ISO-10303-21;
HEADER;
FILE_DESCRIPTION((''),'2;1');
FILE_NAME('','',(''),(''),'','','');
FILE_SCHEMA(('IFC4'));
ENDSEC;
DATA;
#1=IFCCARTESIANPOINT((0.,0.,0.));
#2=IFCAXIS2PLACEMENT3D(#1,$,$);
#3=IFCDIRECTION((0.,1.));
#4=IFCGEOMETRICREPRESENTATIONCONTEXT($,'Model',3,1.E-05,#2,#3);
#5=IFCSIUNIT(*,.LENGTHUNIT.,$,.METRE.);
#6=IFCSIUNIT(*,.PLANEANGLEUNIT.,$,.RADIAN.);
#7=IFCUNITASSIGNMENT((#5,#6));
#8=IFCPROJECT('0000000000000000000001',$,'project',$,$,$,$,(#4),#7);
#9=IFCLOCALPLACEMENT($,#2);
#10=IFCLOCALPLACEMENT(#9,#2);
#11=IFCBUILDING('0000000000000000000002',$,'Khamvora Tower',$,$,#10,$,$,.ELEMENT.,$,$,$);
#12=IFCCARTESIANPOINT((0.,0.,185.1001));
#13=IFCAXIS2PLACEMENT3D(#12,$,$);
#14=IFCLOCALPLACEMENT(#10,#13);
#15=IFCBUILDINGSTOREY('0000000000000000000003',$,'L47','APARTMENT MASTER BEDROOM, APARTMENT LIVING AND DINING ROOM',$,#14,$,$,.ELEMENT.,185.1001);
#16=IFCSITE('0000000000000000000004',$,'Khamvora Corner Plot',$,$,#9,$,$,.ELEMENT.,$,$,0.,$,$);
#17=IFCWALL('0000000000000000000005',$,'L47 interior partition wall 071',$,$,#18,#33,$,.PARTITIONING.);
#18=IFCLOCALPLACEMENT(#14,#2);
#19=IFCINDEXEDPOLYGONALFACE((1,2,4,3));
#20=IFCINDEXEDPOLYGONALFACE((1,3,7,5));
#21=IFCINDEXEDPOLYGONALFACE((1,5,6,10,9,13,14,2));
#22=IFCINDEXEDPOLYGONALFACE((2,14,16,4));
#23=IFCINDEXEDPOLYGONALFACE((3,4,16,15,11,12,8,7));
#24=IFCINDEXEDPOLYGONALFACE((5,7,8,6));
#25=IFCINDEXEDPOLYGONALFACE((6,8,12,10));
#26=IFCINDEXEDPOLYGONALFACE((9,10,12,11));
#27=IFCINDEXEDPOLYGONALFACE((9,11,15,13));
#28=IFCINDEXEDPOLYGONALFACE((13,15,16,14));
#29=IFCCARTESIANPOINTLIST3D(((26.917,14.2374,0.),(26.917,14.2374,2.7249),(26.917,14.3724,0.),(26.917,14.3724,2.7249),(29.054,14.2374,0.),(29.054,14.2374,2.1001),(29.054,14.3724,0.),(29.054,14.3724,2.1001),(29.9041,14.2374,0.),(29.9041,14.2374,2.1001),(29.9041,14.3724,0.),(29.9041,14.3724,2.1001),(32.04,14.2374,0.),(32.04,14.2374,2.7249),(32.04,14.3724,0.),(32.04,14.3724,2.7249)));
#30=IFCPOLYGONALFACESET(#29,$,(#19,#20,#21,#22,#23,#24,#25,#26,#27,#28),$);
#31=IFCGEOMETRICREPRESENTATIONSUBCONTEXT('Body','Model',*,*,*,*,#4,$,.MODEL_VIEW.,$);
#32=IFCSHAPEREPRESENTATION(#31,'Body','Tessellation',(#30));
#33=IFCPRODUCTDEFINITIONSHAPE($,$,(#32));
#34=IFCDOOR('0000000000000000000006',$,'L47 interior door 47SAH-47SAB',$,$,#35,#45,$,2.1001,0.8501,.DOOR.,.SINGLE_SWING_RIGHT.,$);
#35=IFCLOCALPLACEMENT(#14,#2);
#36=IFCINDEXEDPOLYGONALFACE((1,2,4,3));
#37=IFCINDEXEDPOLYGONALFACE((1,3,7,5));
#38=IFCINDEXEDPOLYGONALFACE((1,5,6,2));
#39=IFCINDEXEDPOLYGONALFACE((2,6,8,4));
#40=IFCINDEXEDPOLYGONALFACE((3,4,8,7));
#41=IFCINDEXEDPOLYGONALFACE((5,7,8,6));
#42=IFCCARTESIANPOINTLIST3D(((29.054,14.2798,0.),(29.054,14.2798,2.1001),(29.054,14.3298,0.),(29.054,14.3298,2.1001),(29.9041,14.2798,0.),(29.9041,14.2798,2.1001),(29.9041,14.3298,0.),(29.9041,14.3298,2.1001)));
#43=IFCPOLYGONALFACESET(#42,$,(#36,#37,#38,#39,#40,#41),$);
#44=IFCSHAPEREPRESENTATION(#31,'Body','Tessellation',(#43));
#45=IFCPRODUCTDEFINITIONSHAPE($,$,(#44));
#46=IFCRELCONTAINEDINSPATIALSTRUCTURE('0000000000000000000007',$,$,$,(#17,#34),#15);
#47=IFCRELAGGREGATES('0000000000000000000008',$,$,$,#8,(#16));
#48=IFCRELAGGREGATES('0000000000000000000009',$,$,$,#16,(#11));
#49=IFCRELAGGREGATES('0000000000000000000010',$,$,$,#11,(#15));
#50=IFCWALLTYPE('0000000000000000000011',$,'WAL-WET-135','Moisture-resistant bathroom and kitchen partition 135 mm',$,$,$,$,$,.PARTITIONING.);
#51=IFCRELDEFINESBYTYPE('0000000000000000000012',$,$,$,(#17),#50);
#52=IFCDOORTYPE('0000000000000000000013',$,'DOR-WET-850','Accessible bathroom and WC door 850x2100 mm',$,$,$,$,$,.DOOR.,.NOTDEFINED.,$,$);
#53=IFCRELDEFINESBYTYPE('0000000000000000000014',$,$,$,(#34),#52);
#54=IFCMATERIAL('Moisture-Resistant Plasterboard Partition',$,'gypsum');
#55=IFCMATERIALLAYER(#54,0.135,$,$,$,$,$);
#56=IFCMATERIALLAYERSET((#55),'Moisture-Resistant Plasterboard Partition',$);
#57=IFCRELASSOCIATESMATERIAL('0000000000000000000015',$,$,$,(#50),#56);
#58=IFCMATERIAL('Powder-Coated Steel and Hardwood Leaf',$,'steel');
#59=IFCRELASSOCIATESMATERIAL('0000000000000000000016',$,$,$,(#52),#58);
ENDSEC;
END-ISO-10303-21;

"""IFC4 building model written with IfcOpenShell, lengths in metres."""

from ifc_helpers import new_model, si_unit, direction, frame, frame_2d, origin, place, context, subcontext, project, spatial, rectangle, extrude, material, layer, layer_set, type_object, element, fill, save


model = new_model("IFC4")

# Units and contexts
model_context = context("Model", 3, precision=1e-05, world=origin(), true_north=direction((0.0, 1.0)))
body_context = subcontext(model_context, "Body", "Model", "MODEL_VIEW")
ifc_project = project(units=[si_unit("LENGTHUNIT", "METRE"), si_unit("PLANEANGLEUNIT", "RADIAN")], contexts=[model_context])

# Site, building, storey
site_placement = place(None, origin())
site = spatial("IfcSite", under=ifc_project, at=site_placement, Name="Khamvora Corner Plot", CompositionType="ELEMENT", RefElevation=0.0)
building_placement = place(site_placement, origin())
building = spatial("IfcBuilding", under=site, at=building_placement, Name="Khamvora Tower", CompositionType="ELEMENT")
storey_placement = place(building_placement, frame((0.0, 0.0, 185.1001)))
storey = spatial("IfcBuildingStorey", under=building, at=storey_placement, Name="L47", Description="APARTMENT MASTER BEDROOM, APARTMENT LIVING AND DINING ROOM", CompositionType="ELEMENT", Elevation=185.1001)

# Shared definitions
ifc_material_1 = material(Name="Powder-Coated Steel and Hardwood Leaf", Category="steel")

# Shared definitions
ifc_material_2 = material(Name="Moisture-Resistant Plasterboard Partition", Category="gypsum")
ifc_layer_1 = layer(ifc_material_2, 0.135)
ifc_layer_set_1 = layer_set([ifc_layer_1], Name="Moisture-Resistant Plasterboard Partition")
wall_type_1 = type_object("IfcWallType", Name="WAL-WET-135", Description="Moisture-resistant bathroom and kitchen partition 135 mm", PredefinedType="PARTITIONING", material=ifc_layer_set_1)

# Shared definitions
door_type_1 = type_object("IfcDoorType", Name="DOR-WET-850", Description="Accessible bathroom and WC door 850x2100 mm", OperationType="NOTDEFINED", PredefinedType="DOOR", material=ifc_material_1)

# Wall, opening, door
wall_1_placement = place(storey_placement, frame((26.917, 14.3049, 0.0), z_axis=(0.0, 0.0, 1.0), x_axis=(1.0, 0.0, 0.0)))
wall_1 = element("IfcWall", 1, at=wall_1_placement, inside=storey, type_object=wall_type_1, Name="L47 interior partition wall 071", PredefinedType="PARTITIONING", context=body_context, shape_type="SweptSolid", body=[
    extrude(rectangle(XDim=5.123, YDim=0.135, at=frame_2d((2.5615, 0.0))), origin(), (0.0, 0.0, 1.0), 2.7249),
])
opening_1_placement = place(wall_1_placement, frame((2.137, 0.0, 0.0)))
opening_1 = element("IfcOpeningElement", 2, at=opening_1_placement, cuts=wall_1, PredefinedType="OPENING", context=body_context, shape_type="SweptSolid", body=[
    extrude(rectangle(XDim=0.8501, YDim=2.1001, at=frame_2d((0.425, 1.05))), frame((0.0, 0.0774, 0.0), z_axis=(0.0, -1.0, 0.0), x_axis=(1.0, 0.0, 0.0)), (0.0, 0.0, 1.0), 0.155),
])
door_1_placement = place(opening_1_placement, origin())
door_1 = element("IfcDoor", 3, at=door_1_placement, inside=storey, type_object=door_type_1, Name="L47 interior door 47SAH-47SAB", OperationType="SINGLE_SWING_RIGHT", OverallHeight=2.1001, OverallWidth=0.8501, PredefinedType="DOOR", context=body_context, shape_type="SweptSolid", body=[
    extrude(rectangle(XDim=0.8501, YDim=2.1001, at=frame_2d((0.425, 1.05))), frame((0.0, 0.0249, 0.0), z_axis=(0.0, -1.0, 0.0), x_axis=(1.0, 0.0, 0.0)), (0.0, 0.0, 1.0), 0.05),
])
fill(opening_1, door_1)

save(model, "model.ifc")
